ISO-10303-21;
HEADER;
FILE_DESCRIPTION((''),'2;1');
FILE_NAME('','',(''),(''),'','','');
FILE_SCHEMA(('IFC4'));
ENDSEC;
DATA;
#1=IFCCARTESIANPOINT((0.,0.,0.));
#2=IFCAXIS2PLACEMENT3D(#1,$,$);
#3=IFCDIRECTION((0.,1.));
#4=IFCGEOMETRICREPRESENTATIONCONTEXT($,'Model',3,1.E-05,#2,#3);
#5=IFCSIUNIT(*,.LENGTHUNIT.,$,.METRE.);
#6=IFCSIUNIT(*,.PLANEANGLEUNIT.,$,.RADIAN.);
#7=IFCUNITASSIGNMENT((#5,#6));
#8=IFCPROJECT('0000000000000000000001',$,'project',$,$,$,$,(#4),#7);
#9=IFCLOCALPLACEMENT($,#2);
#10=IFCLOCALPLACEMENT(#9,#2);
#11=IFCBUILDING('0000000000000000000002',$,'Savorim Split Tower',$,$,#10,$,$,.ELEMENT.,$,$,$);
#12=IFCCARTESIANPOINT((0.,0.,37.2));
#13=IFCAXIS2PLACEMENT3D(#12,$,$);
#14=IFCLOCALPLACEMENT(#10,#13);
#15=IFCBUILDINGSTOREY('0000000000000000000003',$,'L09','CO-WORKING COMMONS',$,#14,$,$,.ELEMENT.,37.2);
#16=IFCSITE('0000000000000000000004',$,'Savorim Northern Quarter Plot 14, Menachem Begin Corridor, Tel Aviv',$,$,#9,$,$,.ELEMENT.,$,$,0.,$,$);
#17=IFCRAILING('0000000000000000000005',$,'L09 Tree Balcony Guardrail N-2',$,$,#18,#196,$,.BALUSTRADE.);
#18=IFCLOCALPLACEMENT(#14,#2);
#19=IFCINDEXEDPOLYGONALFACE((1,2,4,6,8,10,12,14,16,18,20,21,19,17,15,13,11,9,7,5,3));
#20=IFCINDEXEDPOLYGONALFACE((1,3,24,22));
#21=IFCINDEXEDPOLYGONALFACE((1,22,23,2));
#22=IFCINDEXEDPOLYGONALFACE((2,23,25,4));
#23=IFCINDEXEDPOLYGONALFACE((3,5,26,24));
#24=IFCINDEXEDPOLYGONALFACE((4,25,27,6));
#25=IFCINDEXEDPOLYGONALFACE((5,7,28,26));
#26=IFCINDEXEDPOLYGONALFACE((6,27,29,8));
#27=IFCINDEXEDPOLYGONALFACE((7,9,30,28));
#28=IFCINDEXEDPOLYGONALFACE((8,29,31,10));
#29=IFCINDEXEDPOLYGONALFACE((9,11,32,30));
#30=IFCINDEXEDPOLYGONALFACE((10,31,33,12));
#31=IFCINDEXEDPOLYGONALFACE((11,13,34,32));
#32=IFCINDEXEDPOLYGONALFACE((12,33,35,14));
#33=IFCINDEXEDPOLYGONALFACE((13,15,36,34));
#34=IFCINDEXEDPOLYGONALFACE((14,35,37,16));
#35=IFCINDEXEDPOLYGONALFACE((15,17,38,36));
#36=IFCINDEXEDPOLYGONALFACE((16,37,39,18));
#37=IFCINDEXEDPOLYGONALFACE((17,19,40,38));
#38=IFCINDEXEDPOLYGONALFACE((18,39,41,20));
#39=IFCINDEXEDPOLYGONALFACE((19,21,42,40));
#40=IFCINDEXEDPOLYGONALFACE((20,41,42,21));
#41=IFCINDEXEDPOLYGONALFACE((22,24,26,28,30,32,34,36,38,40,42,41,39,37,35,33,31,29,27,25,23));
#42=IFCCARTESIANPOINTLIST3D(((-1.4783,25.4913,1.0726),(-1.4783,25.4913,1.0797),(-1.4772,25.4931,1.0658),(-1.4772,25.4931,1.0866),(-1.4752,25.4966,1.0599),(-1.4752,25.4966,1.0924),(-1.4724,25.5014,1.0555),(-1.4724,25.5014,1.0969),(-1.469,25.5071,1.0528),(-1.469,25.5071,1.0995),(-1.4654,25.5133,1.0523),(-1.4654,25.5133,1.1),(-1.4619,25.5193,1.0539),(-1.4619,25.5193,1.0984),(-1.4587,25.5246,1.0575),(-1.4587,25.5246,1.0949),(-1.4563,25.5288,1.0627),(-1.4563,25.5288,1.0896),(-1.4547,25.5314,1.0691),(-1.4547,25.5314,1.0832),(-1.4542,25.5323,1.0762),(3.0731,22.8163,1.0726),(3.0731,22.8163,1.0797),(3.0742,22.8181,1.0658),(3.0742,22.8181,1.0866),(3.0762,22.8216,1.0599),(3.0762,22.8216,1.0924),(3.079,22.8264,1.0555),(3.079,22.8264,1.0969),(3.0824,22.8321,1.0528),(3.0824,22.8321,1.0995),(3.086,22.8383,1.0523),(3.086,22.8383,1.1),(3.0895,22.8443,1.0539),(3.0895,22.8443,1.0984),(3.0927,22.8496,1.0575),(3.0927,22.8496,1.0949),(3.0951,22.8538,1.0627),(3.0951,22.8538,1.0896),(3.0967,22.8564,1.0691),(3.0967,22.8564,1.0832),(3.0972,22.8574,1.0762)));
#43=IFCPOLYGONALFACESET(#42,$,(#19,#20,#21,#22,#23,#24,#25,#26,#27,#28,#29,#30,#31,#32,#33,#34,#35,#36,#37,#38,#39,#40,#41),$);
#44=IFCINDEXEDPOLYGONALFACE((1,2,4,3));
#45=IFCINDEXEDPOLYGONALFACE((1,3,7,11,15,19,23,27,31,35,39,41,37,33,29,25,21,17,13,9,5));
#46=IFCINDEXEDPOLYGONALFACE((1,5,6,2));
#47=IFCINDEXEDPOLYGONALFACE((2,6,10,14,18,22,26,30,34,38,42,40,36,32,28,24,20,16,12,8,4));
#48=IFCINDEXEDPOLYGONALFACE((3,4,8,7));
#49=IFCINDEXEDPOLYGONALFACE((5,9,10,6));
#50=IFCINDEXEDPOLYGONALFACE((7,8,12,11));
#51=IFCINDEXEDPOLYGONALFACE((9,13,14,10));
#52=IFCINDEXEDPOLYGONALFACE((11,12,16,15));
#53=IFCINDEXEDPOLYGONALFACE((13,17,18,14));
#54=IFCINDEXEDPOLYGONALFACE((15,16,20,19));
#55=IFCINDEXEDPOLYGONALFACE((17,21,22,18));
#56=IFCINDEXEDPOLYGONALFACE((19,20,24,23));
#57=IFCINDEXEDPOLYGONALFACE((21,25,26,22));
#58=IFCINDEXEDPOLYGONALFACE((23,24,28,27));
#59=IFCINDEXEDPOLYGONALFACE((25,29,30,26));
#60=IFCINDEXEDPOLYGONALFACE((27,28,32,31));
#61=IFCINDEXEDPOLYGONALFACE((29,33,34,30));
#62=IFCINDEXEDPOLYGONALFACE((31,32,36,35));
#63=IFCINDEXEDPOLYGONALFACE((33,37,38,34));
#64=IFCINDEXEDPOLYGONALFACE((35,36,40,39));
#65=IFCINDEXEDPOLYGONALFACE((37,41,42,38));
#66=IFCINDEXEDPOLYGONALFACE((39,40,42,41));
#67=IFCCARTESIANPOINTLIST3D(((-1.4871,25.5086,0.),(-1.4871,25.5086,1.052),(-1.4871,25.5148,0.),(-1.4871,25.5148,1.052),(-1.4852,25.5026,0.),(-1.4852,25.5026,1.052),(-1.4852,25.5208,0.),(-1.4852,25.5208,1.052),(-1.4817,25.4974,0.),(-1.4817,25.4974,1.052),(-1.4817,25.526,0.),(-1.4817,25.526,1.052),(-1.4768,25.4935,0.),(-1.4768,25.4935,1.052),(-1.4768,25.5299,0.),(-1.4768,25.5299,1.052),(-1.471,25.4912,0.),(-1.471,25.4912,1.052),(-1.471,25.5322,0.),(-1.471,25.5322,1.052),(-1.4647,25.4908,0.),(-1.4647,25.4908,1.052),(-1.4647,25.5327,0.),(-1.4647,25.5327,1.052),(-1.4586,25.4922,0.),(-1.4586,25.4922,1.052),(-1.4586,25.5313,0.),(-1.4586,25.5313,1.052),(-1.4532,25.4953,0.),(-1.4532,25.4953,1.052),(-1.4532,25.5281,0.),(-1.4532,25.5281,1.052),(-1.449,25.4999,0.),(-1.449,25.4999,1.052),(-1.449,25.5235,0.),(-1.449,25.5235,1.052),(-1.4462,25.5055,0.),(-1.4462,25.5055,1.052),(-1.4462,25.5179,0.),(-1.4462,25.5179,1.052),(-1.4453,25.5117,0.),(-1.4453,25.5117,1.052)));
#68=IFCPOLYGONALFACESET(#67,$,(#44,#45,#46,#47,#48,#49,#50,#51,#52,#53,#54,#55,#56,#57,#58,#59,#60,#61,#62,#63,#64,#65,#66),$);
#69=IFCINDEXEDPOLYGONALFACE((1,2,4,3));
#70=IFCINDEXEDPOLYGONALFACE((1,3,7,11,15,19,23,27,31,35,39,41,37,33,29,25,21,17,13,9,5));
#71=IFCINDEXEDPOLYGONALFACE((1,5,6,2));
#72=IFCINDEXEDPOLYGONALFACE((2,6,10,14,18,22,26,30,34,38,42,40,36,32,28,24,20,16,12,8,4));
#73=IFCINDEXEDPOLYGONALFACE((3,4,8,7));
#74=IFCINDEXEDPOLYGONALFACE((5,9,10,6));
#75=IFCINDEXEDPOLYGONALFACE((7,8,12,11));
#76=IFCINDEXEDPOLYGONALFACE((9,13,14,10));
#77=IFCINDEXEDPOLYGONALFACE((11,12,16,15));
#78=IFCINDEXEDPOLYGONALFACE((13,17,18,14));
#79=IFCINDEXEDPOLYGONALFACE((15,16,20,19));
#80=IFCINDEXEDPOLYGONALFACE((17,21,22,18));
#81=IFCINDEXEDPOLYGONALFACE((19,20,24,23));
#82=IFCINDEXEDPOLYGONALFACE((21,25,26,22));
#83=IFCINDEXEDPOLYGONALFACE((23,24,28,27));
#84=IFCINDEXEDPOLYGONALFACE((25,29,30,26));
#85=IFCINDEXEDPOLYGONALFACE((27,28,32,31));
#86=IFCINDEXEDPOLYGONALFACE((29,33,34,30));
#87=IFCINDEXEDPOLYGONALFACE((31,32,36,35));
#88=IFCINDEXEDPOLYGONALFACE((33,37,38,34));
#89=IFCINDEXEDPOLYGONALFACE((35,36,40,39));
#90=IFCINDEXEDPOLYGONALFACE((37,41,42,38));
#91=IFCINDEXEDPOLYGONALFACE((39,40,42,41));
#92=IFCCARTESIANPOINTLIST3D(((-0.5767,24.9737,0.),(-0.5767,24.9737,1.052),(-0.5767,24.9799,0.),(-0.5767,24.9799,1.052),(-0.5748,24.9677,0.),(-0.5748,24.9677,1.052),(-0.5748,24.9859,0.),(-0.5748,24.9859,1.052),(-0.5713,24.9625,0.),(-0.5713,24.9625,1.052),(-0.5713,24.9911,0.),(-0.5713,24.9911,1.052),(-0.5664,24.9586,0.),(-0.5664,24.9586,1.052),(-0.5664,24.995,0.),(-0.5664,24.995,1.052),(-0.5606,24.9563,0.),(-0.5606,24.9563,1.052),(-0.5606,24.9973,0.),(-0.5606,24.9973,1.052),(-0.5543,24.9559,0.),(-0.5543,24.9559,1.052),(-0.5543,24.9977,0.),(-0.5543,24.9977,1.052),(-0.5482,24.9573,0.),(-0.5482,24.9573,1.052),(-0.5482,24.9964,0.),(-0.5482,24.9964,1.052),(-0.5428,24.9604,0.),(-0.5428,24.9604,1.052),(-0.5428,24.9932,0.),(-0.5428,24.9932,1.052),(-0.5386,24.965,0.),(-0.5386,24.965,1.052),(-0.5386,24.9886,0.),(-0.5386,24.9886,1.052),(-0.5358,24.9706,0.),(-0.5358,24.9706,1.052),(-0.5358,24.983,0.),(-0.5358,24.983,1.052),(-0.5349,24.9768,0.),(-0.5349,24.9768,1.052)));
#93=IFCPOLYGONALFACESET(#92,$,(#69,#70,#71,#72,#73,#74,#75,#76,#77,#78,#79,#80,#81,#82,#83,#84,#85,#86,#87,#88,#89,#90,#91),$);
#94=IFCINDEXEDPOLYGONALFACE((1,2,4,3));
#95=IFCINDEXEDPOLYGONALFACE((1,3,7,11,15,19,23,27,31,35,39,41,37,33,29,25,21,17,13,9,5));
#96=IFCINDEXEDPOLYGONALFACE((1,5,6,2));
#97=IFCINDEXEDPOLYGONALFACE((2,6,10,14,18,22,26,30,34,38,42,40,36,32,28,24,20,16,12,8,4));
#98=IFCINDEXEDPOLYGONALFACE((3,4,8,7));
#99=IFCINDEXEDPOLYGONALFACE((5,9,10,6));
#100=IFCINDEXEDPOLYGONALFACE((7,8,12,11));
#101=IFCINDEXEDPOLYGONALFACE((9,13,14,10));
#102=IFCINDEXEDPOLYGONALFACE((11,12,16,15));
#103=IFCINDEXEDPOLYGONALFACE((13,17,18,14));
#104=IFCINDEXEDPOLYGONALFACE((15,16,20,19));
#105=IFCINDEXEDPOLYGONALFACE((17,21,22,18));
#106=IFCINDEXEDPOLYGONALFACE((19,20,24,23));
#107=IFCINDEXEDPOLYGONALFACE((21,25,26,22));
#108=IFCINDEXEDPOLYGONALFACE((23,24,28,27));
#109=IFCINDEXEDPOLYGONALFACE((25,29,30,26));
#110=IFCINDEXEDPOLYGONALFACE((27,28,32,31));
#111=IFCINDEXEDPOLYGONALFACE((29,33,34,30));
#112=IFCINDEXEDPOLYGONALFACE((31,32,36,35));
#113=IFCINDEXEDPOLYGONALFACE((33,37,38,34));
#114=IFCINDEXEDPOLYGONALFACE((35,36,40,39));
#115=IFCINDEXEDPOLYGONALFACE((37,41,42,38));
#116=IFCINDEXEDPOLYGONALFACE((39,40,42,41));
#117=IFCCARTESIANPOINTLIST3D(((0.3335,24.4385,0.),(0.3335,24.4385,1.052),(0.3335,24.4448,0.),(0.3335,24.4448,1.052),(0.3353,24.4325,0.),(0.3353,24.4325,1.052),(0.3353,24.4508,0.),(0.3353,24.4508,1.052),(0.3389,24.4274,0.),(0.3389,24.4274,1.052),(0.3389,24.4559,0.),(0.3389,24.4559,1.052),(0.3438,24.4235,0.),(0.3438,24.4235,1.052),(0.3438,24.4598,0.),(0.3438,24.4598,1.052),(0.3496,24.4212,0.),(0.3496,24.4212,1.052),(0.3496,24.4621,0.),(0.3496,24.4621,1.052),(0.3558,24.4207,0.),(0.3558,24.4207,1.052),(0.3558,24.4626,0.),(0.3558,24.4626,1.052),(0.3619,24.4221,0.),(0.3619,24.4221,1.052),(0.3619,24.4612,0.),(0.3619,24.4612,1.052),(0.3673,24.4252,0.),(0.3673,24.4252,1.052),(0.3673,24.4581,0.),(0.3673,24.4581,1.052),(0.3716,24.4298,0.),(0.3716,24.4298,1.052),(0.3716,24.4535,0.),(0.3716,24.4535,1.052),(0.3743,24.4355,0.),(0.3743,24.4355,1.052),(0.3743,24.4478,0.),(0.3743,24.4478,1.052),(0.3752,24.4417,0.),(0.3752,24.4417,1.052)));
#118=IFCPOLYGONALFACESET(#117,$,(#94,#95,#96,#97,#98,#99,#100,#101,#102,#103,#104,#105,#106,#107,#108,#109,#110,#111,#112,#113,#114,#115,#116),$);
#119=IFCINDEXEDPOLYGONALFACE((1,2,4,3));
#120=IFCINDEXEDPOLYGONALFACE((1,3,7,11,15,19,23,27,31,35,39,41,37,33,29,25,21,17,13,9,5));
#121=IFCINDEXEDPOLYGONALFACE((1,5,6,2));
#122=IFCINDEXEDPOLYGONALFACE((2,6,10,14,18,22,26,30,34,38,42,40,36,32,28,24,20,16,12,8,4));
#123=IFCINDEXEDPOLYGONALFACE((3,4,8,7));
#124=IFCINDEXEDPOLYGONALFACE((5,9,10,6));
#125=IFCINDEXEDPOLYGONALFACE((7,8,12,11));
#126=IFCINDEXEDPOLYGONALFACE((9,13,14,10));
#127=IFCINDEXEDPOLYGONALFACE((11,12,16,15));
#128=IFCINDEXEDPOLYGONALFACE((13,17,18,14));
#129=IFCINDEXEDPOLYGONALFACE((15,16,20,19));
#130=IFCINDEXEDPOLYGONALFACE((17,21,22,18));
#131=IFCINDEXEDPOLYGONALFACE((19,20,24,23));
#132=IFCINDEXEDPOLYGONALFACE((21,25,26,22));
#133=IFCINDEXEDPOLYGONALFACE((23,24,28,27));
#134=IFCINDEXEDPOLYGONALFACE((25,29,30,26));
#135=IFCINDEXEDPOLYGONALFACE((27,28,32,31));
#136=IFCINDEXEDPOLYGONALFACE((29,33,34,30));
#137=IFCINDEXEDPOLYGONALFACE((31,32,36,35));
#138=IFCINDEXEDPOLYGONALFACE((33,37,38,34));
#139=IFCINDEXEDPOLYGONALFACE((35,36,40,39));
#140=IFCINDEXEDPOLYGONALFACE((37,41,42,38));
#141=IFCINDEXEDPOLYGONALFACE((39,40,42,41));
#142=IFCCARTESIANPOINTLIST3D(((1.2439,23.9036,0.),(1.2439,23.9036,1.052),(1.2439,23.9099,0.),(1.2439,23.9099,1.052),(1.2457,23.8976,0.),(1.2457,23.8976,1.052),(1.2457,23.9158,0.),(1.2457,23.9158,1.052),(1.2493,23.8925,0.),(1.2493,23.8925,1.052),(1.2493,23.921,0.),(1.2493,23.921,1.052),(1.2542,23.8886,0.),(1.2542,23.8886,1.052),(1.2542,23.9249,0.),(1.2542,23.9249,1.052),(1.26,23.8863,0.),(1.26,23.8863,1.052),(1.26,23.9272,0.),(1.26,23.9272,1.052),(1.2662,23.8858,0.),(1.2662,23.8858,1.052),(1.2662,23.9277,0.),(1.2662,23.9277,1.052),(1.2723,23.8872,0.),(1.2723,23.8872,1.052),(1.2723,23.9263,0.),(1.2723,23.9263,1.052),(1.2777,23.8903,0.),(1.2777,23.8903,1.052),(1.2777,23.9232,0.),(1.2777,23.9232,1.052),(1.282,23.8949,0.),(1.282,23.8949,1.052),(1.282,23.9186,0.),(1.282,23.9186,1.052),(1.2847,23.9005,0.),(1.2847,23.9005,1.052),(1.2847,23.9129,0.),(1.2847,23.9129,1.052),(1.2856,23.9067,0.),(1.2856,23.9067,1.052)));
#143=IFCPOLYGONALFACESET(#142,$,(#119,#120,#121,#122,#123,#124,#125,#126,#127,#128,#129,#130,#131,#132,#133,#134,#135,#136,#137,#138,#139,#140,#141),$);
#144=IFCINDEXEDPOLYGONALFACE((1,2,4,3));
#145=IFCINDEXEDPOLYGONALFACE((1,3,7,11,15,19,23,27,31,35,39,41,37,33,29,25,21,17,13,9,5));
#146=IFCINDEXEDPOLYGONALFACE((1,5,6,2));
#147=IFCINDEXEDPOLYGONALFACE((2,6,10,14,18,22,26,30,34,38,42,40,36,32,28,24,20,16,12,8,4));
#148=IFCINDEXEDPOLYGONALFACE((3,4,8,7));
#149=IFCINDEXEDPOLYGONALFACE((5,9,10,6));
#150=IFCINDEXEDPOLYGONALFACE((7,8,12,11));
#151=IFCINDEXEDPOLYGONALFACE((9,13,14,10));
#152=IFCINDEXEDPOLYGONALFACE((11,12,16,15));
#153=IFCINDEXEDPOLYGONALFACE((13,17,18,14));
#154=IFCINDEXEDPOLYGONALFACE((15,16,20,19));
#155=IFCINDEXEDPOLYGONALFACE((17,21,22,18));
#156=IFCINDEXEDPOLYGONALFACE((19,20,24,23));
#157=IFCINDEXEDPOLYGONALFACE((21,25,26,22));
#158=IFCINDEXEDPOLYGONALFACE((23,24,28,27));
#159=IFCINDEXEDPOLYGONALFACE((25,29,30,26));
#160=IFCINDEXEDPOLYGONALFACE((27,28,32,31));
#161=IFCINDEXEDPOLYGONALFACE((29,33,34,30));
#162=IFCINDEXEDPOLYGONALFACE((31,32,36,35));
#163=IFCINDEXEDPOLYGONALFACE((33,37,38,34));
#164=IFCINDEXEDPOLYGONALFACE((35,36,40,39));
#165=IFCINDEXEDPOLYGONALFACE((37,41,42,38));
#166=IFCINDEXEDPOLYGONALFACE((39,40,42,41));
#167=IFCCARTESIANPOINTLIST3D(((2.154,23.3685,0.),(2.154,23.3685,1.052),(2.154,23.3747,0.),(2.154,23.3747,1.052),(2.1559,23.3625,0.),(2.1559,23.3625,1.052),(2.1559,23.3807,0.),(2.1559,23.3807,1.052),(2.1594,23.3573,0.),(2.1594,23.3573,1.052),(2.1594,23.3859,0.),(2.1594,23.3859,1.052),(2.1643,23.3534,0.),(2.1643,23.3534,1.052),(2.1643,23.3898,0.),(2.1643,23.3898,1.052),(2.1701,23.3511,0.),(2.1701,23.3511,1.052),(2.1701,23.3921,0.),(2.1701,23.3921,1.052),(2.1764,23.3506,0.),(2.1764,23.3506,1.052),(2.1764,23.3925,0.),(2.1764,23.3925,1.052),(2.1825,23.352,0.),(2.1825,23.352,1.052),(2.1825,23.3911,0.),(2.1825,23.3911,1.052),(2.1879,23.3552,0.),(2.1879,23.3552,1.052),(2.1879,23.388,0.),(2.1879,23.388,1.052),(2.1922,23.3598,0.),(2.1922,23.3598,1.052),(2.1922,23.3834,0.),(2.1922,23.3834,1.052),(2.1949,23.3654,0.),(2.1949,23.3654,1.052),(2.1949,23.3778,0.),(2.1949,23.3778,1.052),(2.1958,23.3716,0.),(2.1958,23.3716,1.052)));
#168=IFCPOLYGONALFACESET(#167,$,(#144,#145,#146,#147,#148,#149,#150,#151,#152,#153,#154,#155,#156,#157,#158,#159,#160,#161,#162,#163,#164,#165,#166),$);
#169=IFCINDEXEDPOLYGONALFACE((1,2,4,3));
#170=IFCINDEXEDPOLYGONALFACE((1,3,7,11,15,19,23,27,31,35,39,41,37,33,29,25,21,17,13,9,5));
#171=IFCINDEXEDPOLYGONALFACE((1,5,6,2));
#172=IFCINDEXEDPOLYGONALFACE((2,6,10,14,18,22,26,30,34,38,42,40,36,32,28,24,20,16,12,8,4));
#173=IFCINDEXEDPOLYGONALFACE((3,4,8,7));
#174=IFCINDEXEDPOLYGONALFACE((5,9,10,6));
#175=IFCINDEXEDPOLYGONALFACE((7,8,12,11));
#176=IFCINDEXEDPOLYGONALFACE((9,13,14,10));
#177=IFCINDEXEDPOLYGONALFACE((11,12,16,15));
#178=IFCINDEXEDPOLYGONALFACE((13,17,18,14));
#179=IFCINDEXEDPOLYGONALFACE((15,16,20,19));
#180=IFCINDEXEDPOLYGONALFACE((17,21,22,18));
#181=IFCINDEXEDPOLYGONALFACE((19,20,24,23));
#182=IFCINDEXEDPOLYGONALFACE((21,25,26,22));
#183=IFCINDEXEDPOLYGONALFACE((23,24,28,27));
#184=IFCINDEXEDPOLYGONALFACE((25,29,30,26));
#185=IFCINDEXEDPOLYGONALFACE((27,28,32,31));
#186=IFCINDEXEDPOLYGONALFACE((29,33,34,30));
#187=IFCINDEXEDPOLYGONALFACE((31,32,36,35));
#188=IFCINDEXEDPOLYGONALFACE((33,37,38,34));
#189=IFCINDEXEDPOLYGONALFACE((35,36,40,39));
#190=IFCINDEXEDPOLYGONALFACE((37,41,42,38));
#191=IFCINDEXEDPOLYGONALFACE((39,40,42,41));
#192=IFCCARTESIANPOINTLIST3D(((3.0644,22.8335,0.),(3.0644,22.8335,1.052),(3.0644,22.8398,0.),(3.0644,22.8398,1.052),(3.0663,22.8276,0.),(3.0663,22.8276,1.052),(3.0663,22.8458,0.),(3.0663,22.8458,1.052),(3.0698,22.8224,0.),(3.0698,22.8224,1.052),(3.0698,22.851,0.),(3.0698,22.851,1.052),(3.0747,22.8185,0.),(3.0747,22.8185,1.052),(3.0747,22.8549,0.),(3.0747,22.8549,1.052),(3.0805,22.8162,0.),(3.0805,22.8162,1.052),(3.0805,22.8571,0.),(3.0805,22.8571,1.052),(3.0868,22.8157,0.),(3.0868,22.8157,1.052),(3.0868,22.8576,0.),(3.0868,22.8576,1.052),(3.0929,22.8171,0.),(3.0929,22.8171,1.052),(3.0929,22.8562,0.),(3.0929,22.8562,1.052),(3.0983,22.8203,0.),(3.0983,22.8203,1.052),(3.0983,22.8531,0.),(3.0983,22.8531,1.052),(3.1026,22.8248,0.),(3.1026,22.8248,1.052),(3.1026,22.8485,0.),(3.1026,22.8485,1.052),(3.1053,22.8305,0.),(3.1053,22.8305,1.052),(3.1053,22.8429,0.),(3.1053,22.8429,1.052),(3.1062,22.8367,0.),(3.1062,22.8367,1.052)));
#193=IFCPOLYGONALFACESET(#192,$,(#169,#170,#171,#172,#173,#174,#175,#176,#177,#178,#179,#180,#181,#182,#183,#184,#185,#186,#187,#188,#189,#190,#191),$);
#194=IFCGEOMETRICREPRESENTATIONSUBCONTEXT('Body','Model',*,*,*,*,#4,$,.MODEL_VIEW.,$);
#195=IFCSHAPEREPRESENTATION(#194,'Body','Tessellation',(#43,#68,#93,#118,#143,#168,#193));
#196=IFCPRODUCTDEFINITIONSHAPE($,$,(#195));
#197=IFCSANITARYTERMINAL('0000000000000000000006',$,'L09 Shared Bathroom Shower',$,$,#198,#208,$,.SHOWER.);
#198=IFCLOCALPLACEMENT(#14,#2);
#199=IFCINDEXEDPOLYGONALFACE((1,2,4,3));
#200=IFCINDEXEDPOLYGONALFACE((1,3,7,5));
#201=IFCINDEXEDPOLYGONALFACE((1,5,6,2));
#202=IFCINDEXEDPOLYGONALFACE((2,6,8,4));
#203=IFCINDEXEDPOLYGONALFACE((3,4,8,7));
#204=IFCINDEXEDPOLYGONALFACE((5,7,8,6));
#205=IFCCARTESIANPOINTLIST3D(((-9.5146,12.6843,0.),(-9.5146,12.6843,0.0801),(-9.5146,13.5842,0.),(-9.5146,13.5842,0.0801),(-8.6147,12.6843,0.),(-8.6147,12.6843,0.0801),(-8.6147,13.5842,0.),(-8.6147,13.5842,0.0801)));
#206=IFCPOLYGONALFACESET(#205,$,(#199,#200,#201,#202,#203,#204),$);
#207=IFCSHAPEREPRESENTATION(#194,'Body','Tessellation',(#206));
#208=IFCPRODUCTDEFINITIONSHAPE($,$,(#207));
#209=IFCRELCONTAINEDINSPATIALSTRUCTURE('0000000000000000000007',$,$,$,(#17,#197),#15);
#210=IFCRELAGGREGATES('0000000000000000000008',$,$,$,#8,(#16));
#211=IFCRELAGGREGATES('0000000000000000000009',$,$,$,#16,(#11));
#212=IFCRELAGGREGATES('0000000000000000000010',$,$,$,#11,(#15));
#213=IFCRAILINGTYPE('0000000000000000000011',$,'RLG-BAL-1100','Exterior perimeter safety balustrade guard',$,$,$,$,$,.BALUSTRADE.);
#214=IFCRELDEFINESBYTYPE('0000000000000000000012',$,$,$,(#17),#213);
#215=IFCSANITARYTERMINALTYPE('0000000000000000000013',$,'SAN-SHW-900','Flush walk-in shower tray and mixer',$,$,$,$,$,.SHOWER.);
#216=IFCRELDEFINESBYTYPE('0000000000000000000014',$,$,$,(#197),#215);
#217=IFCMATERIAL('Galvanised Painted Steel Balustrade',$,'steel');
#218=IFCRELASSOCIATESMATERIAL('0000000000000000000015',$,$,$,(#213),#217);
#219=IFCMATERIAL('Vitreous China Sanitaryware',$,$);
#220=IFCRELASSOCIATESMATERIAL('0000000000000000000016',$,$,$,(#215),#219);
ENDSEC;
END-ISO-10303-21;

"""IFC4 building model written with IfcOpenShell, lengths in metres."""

from ifc_helpers import new_model, si_unit, direction, frame, origin, origin_2d, place, context, subcontext, project, spatial, rectangle, circle, extrude, material, type_object, element, save


model = new_model("IFC4")

# Units and contexts
model_context = context("Model", 3, precision=1e-05, world=origin(), true_north=direction((0.0, 1.0)))
body_context = subcontext(model_context, "Body", "Model", "MODEL_VIEW")
ifc_project = project(units=[si_unit("LENGTHUNIT", "METRE"), si_unit("PLANEANGLEUNIT", "RADIAN")], contexts=[model_context])

# Site, building, storey
site_placement = place(None, origin())
site = spatial("IfcSite", under=ifc_project, at=site_placement, Name="Savorim Northern Quarter Plot 14, Menachem Begin Corridor, Tel Aviv", CompositionType="ELEMENT", RefElevation=0.0)
building_placement = place(site_placement, origin())
building = spatial("IfcBuilding", under=site, at=building_placement, Name="Savorim Split Tower", CompositionType="ELEMENT")
storey_placement = place(building_placement, frame((0.0, 0.0, 37.2)))
storey = spatial("IfcBuildingStorey", under=building, at=storey_placement, Name="L09", Description="CO-WORKING COMMONS", CompositionType="ELEMENT", Elevation=37.2)

# Railing
ifc_material_1 = material(Name="Galvanised Painted Steel Balustrade", Category="steel")
railing_type = type_object("IfcRailingType", Name="RLG-BAL-1100", Description="Exterior perimeter safety balustrade guard", PredefinedType="BALUSTRADE", material=ifc_material_1)
railing_1_placement = place(storey_placement, frame((-1.4663, 25.5117, 0.0)))
element("IfcRailing", 1, at=railing_1_placement, inside=storey, type_object=railing_type, Name="L09 Tree Balcony Guardrail N-2", PredefinedType="BALUSTRADE", context=body_context, shape_type="SweptSolid", body=[
    extrude(circle(Radius=0.0239, at=origin_2d()), frame((0.0, 0.0, 1.0762), z_axis=(0.862126, -0.506695, 0.0), x_axis=(0.506695, 0.862126, 0.0)), (0.0, 0.0, 1.0), 5.2793),
    extrude(circle(Radius=0.021, at=origin_2d()), origin(), (0.0, 0.0, 1.0), 1.052),
    extrude(circle(Radius=0.021, at=origin_2d()), frame((0.9104, -0.5349, 0.0)), (0.0, 0.0, 1.0), 1.052),
    extrude(circle(Radius=0.021, at=origin_2d()), frame((1.8206, -1.0701, 0.0)), (0.0, 0.0, 1.0), 1.052),
    extrude(circle(Radius=0.021, at=origin_2d()), frame((2.731, -1.605, 0.0)), (0.0, 0.0, 1.0), 1.052),
    extrude(circle(Radius=0.021, at=origin_2d()), frame((3.6411, -2.1401, 0.0)), (0.0, 0.0, 1.0), 1.052),
    extrude(circle(Radius=0.021, at=origin_2d()), frame((4.5515, -2.675, 0.0)), (0.0, 0.0, 1.0), 1.052),
])

# Sanitary terminal
ifc_material_2 = material(Name="Vitreous China Sanitaryware")
sanitary_terminal_type_1 = type_object("IfcSanitaryTerminalType", Name="SAN-SHW-900", Description="Flush walk-in shower tray and mixer", PredefinedType="SHOWER", material=ifc_material_2)
sanitary_terminal_1_placement = place(storey_placement, frame((-9.0647, 13.1343, 0.0), z_axis=(0.0, 0.0, 1.0), x_axis=(1.0, 0.0, 0.0)))
element("IfcSanitaryTerminal", 2, at=sanitary_terminal_1_placement, inside=storey, type_object=sanitary_terminal_type_1, Name="L09 Shared Bathroom Shower", PredefinedType="SHOWER", context=body_context, shape_type="SweptSolid", body=[
    extrude(rectangle(XDim=0.8999, YDim=0.8999, at=origin_2d()), origin(), (0.0, 0.0, 1.0), 0.0801),
])

save(model, "model.ifc")
